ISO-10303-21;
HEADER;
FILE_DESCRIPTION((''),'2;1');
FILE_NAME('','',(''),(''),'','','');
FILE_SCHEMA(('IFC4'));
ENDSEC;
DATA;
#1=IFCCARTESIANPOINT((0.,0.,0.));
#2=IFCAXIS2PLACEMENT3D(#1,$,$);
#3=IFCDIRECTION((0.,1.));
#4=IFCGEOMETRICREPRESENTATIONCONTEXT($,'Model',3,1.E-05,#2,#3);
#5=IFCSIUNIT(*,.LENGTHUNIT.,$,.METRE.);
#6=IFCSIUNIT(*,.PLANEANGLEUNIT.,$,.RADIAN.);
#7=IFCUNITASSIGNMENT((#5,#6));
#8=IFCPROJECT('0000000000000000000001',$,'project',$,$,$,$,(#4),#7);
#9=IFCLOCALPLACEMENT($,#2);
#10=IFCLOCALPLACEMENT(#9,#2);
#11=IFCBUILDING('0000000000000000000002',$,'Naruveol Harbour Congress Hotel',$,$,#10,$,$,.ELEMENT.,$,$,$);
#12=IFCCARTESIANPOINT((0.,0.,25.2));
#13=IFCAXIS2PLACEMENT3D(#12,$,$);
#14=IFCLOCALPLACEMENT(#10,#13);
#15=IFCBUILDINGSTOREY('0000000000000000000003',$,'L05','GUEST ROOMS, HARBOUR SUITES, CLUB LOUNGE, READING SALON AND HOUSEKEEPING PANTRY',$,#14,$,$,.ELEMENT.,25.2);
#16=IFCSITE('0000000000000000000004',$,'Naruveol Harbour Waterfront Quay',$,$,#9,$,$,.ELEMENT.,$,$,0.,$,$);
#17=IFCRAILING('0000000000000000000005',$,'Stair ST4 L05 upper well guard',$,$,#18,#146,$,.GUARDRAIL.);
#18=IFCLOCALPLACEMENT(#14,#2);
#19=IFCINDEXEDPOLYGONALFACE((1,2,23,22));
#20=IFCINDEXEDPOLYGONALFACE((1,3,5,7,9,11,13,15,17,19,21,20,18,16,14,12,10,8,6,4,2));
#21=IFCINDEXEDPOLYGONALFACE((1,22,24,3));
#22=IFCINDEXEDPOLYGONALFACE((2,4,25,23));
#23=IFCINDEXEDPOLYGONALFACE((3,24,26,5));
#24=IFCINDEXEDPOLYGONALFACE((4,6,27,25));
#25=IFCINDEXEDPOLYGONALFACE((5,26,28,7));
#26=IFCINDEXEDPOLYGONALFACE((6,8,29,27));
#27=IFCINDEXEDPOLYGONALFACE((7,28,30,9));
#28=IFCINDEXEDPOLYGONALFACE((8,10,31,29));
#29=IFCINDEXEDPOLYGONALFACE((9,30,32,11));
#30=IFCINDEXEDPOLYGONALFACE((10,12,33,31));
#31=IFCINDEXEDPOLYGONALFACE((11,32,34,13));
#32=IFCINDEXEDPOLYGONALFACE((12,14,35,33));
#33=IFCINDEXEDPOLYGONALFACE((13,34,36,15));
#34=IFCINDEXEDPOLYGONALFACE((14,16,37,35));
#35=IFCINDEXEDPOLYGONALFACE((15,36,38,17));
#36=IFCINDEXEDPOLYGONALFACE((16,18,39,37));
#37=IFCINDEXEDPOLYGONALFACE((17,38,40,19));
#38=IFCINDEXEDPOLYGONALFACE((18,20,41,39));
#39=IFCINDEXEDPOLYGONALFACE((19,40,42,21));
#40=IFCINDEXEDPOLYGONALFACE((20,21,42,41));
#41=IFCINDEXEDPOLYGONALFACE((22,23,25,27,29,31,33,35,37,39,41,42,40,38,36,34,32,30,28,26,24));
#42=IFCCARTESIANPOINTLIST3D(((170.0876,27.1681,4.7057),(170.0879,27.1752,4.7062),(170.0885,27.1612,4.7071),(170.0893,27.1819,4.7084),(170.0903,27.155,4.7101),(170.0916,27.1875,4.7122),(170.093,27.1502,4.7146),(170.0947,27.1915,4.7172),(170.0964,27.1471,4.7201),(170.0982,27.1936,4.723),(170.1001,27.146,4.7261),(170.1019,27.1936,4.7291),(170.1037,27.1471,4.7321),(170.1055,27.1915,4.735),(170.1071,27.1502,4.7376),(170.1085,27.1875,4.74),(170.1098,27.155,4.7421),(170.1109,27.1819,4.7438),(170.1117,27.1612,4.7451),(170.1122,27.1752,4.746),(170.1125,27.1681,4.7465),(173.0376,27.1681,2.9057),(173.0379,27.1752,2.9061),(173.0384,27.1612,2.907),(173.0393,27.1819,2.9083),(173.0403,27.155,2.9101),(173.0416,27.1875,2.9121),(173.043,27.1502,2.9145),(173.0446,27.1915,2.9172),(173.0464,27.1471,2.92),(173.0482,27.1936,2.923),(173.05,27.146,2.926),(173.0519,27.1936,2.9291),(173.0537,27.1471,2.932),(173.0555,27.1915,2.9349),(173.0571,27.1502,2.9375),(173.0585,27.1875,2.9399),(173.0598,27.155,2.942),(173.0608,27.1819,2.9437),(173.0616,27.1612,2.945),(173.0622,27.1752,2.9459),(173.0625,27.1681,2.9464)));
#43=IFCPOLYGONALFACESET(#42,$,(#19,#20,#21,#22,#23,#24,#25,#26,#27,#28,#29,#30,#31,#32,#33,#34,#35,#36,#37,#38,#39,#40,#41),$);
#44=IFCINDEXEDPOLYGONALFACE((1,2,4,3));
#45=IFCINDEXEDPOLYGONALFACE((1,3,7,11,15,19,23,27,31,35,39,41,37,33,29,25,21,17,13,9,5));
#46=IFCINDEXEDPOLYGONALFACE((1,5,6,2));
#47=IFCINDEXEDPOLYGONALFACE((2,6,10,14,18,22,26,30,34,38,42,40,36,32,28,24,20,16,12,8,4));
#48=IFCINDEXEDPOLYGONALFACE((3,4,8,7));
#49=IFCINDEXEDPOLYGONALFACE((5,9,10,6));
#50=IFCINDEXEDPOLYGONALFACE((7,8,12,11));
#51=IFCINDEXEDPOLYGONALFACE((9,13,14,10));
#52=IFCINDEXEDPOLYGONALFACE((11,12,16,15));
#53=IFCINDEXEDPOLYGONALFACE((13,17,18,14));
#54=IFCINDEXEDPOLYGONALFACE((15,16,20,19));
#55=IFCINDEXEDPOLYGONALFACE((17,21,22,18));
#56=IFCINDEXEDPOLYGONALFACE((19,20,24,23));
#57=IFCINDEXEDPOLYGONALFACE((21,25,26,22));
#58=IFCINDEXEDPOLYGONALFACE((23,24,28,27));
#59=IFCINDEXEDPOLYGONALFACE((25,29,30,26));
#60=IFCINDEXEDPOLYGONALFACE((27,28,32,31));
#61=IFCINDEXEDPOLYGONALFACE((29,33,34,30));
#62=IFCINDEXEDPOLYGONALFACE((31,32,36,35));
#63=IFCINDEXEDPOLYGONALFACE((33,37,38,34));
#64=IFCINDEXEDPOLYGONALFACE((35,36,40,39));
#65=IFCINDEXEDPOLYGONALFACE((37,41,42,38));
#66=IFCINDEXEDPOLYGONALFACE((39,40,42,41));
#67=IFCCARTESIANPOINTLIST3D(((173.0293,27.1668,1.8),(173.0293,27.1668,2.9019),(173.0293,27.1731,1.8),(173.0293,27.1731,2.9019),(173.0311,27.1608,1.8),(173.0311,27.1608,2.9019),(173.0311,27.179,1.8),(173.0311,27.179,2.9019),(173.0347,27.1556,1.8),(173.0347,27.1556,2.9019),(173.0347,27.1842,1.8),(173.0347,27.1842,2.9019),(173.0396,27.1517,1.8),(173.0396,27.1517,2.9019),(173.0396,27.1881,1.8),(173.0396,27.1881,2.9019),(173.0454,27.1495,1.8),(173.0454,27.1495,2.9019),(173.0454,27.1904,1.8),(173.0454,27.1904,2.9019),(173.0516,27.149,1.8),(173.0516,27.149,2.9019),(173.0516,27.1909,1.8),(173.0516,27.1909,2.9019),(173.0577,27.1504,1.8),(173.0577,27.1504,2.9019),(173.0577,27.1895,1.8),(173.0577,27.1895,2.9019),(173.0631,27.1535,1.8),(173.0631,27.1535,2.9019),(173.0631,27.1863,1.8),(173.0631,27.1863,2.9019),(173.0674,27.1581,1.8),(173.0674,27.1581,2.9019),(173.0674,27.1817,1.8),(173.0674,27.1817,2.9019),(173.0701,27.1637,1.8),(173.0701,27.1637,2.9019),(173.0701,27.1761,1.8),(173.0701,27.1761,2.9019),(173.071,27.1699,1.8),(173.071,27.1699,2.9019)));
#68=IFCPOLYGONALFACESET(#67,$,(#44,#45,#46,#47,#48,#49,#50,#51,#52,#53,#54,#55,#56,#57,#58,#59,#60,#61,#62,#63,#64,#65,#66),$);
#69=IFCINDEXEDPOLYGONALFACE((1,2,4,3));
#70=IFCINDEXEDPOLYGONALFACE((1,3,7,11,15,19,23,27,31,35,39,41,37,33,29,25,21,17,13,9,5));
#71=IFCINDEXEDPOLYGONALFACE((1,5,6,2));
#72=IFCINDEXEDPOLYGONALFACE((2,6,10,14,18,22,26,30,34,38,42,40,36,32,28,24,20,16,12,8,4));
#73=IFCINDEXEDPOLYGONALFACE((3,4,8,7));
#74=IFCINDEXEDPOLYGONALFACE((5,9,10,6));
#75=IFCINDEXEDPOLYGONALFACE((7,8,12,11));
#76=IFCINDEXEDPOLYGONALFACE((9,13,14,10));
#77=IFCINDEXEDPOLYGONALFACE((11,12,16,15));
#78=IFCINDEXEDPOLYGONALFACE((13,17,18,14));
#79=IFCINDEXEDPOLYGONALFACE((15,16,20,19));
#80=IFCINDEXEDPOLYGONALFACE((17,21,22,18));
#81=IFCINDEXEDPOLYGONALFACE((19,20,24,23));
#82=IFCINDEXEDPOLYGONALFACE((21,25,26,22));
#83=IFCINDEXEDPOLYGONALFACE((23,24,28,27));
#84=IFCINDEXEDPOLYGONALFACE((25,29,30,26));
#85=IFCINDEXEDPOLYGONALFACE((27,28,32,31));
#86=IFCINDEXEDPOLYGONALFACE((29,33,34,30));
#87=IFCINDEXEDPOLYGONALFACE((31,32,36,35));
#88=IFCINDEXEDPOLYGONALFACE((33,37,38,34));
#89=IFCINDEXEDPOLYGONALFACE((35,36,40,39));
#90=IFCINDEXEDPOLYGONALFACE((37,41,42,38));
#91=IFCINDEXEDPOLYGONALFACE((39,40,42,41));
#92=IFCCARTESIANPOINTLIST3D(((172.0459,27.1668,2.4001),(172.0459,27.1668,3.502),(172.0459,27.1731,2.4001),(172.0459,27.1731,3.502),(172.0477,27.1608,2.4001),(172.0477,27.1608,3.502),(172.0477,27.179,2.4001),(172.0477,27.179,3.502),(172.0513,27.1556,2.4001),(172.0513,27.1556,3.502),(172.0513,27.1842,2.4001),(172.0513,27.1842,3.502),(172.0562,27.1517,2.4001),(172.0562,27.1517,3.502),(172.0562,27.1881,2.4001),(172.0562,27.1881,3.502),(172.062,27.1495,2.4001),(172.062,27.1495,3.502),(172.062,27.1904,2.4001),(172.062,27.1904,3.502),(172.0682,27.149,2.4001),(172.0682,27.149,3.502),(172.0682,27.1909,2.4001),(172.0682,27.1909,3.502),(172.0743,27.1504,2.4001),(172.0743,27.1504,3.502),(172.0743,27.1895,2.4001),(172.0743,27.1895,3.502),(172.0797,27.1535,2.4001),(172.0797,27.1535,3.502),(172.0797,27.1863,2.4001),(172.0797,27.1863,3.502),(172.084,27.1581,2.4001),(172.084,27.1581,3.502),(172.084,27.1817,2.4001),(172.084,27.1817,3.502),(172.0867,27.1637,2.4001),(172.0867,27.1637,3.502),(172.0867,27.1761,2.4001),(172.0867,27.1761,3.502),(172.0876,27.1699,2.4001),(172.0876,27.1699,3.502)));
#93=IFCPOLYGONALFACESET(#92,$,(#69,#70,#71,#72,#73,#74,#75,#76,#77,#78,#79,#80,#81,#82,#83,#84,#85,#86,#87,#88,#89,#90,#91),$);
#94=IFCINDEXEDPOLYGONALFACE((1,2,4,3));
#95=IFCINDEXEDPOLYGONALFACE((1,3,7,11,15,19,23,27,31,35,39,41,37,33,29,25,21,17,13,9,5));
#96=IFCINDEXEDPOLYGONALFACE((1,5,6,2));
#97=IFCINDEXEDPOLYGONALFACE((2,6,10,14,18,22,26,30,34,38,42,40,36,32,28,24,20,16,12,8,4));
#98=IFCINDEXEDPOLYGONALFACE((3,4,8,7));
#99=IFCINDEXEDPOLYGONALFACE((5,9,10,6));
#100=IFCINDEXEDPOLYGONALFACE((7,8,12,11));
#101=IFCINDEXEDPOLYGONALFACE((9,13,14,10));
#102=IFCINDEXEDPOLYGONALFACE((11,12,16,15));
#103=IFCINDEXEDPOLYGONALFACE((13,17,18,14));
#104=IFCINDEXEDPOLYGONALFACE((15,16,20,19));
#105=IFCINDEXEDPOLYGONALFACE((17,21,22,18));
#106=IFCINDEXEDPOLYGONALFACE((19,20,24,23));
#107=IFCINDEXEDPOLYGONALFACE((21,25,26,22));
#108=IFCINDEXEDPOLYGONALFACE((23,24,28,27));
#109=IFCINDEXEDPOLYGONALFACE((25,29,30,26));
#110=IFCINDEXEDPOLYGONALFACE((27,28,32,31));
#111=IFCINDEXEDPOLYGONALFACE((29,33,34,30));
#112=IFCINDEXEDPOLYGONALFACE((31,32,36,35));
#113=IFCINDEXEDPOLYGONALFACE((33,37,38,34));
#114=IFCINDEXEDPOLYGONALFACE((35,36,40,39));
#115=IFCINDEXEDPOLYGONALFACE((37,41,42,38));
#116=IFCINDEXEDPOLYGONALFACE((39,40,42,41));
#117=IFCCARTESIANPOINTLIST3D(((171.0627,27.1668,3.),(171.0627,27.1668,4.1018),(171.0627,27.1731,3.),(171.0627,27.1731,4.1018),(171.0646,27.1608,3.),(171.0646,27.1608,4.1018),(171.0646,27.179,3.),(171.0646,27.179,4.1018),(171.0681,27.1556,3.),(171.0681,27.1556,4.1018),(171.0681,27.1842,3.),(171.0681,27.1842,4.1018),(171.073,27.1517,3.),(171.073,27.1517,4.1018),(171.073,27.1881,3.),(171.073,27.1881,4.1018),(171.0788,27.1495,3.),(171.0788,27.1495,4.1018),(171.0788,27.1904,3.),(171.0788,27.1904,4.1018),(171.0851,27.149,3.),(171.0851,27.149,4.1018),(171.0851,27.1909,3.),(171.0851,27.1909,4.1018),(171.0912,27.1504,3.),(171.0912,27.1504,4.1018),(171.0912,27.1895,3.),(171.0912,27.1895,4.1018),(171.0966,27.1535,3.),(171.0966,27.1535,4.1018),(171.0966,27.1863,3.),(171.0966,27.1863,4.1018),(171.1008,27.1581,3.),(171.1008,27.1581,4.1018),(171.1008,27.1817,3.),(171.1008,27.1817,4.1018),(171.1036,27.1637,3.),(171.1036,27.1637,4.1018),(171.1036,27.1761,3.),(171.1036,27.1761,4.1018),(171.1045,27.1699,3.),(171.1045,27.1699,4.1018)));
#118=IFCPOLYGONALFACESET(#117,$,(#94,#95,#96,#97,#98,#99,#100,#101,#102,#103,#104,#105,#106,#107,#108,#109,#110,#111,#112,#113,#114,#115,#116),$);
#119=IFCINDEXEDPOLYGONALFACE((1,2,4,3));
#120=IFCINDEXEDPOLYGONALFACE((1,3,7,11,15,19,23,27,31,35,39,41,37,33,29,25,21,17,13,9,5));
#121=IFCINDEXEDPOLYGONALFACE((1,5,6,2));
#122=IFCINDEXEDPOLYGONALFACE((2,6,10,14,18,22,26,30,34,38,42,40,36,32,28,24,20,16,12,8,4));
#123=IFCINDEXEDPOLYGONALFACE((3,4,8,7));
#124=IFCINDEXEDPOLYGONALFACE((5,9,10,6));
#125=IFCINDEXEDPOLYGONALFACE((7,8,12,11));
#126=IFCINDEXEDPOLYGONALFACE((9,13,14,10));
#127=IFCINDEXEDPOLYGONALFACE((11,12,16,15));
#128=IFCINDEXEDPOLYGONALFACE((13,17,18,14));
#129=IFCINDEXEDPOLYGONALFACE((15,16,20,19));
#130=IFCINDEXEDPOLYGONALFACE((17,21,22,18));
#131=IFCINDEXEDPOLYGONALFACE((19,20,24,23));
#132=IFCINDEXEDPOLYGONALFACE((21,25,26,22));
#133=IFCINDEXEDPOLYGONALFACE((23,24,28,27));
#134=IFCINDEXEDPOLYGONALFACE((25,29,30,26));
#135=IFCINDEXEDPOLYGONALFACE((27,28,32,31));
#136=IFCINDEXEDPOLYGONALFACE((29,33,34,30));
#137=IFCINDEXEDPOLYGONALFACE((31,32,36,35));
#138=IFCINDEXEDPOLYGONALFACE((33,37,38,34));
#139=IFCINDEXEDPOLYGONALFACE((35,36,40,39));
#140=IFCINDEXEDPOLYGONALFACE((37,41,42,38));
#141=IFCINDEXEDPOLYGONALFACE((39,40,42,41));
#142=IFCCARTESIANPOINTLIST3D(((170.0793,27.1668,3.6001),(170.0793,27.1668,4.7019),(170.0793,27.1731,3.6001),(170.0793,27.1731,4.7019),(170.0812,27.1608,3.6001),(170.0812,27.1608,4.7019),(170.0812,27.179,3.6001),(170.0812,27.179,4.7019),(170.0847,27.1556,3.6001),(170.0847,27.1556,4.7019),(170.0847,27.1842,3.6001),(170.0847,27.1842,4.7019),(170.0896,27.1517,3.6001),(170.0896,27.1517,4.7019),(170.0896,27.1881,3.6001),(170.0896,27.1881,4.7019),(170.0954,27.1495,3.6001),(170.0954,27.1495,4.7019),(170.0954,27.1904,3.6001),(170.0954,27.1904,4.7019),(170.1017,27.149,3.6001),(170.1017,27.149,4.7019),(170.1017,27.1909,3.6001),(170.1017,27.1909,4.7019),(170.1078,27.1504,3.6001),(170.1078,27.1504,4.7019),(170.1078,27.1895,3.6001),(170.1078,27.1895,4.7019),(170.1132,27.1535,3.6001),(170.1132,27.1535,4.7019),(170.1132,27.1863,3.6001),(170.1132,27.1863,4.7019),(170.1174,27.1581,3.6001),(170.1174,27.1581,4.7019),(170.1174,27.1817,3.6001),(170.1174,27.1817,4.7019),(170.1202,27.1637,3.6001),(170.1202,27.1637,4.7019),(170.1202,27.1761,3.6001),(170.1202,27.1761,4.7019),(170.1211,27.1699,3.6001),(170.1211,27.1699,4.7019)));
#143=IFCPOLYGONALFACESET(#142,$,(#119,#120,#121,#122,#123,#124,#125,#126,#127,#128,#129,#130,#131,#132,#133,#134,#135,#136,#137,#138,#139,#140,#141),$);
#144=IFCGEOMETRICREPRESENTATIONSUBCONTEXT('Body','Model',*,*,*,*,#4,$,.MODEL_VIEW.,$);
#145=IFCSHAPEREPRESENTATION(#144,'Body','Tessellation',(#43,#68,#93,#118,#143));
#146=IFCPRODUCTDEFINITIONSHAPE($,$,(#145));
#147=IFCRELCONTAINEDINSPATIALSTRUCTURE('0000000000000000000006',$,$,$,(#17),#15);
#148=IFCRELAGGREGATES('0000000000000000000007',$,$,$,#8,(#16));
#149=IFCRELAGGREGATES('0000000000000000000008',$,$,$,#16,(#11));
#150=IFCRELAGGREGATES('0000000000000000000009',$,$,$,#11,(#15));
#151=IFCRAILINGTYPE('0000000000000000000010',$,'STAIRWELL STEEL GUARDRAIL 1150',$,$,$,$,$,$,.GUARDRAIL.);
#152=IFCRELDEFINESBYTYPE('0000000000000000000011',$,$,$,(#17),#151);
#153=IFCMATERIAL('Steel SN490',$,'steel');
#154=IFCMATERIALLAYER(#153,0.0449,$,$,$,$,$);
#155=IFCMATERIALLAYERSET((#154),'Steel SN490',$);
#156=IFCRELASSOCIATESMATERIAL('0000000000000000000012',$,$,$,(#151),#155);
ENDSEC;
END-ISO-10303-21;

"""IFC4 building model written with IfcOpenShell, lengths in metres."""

from ifc_helpers import new_model, si_unit, direction, frame, origin, origin_2d, place, context, subcontext, project, spatial, circle, extrude, material, layer, layer_set, type_object, element, save


model = new_model("IFC4")

# Units and contexts
model_context = context("Model", 3, precision=1e-05, world=origin(), true_north=direction((0.0, 1.0)))
body_context = subcontext(model_context, "Body", "Model", "MODEL_VIEW")
ifc_project = project(units=[si_unit("LENGTHUNIT", "METRE"), si_unit("PLANEANGLEUNIT", "RADIAN")], contexts=[model_context])

# Site, building, storey
site_placement = place(None, origin())
site = spatial("IfcSite", under=ifc_project, at=site_placement, Name="Naruveol Harbour Waterfront Quay", CompositionType="ELEMENT", RefElevation=0.0)
building_placement = place(site_placement, origin())
building = spatial("IfcBuilding", under=site, at=building_placement, Name="Naruveol Harbour Congress Hotel", CompositionType="ELEMENT")
storey_placement = place(building_placement, frame((0.0, 0.0, 25.2)))
storey = spatial("IfcBuildingStorey", under=building, at=storey_placement, Name="L05", Description="GUEST ROOMS, HARBOUR SUITES, CLUB LOUNGE, READING SALON AND HOUSEKEEPING PANTRY", CompositionType="ELEMENT", Elevation=25.2)

# Railing
ifc_material_1 = material(Name="Steel SN490", Category="steel")
ifc_layer_1 = layer(ifc_material_1, 0.0449)
ifc_layer_set_1 = layer_set([ifc_layer_1], Name="Steel SN490")
railing_type_1 = type_object("IfcRailingType", Name="STAIRWELL STEEL GUARDRAIL 1150", PredefinedType="GUARDRAIL", material=ifc_layer_set_1)
railing_1_placement = place(storey_placement, frame((173.05, 27.1699, 1.8)))
element("IfcRailing", 1, at=railing_1_placement, inside=storey, type_object=railing_type_1, Name="Stair ST4 L05 upper well guard", PredefinedType="GUARDRAIL", context=body_context, shape_type="SweptSolid", body=[
    extrude(circle(Radius=0.0239, at=origin_2d()), frame((0.0, 0.0, 1.126), z_axis=(-0.853629, 0.0, 0.520881), x_axis=(0.0, -1.0, 0.0)), (0.0, 0.0, 1.0), 3.4558),
    extrude(circle(Radius=0.021, at=origin_2d()), origin(), (0.0, 0.0, 1.0), 1.1018),
    extrude(circle(Radius=0.021, at=origin_2d()), frame((-0.9834, 0.0, 0.6001)), (0.0, 0.0, 1.0), 1.1018),
    extrude(circle(Radius=0.021, at=origin_2d()), frame((-1.9666, 0.0, 1.2)), (0.0, 0.0, 1.0), 1.1018),
    extrude(circle(Radius=0.021, at=origin_2d()), frame((-2.95, 0.0, 1.8)), (0.0, 0.0, 1.0), 1.1018),
])

save(model, "model.ifc")
